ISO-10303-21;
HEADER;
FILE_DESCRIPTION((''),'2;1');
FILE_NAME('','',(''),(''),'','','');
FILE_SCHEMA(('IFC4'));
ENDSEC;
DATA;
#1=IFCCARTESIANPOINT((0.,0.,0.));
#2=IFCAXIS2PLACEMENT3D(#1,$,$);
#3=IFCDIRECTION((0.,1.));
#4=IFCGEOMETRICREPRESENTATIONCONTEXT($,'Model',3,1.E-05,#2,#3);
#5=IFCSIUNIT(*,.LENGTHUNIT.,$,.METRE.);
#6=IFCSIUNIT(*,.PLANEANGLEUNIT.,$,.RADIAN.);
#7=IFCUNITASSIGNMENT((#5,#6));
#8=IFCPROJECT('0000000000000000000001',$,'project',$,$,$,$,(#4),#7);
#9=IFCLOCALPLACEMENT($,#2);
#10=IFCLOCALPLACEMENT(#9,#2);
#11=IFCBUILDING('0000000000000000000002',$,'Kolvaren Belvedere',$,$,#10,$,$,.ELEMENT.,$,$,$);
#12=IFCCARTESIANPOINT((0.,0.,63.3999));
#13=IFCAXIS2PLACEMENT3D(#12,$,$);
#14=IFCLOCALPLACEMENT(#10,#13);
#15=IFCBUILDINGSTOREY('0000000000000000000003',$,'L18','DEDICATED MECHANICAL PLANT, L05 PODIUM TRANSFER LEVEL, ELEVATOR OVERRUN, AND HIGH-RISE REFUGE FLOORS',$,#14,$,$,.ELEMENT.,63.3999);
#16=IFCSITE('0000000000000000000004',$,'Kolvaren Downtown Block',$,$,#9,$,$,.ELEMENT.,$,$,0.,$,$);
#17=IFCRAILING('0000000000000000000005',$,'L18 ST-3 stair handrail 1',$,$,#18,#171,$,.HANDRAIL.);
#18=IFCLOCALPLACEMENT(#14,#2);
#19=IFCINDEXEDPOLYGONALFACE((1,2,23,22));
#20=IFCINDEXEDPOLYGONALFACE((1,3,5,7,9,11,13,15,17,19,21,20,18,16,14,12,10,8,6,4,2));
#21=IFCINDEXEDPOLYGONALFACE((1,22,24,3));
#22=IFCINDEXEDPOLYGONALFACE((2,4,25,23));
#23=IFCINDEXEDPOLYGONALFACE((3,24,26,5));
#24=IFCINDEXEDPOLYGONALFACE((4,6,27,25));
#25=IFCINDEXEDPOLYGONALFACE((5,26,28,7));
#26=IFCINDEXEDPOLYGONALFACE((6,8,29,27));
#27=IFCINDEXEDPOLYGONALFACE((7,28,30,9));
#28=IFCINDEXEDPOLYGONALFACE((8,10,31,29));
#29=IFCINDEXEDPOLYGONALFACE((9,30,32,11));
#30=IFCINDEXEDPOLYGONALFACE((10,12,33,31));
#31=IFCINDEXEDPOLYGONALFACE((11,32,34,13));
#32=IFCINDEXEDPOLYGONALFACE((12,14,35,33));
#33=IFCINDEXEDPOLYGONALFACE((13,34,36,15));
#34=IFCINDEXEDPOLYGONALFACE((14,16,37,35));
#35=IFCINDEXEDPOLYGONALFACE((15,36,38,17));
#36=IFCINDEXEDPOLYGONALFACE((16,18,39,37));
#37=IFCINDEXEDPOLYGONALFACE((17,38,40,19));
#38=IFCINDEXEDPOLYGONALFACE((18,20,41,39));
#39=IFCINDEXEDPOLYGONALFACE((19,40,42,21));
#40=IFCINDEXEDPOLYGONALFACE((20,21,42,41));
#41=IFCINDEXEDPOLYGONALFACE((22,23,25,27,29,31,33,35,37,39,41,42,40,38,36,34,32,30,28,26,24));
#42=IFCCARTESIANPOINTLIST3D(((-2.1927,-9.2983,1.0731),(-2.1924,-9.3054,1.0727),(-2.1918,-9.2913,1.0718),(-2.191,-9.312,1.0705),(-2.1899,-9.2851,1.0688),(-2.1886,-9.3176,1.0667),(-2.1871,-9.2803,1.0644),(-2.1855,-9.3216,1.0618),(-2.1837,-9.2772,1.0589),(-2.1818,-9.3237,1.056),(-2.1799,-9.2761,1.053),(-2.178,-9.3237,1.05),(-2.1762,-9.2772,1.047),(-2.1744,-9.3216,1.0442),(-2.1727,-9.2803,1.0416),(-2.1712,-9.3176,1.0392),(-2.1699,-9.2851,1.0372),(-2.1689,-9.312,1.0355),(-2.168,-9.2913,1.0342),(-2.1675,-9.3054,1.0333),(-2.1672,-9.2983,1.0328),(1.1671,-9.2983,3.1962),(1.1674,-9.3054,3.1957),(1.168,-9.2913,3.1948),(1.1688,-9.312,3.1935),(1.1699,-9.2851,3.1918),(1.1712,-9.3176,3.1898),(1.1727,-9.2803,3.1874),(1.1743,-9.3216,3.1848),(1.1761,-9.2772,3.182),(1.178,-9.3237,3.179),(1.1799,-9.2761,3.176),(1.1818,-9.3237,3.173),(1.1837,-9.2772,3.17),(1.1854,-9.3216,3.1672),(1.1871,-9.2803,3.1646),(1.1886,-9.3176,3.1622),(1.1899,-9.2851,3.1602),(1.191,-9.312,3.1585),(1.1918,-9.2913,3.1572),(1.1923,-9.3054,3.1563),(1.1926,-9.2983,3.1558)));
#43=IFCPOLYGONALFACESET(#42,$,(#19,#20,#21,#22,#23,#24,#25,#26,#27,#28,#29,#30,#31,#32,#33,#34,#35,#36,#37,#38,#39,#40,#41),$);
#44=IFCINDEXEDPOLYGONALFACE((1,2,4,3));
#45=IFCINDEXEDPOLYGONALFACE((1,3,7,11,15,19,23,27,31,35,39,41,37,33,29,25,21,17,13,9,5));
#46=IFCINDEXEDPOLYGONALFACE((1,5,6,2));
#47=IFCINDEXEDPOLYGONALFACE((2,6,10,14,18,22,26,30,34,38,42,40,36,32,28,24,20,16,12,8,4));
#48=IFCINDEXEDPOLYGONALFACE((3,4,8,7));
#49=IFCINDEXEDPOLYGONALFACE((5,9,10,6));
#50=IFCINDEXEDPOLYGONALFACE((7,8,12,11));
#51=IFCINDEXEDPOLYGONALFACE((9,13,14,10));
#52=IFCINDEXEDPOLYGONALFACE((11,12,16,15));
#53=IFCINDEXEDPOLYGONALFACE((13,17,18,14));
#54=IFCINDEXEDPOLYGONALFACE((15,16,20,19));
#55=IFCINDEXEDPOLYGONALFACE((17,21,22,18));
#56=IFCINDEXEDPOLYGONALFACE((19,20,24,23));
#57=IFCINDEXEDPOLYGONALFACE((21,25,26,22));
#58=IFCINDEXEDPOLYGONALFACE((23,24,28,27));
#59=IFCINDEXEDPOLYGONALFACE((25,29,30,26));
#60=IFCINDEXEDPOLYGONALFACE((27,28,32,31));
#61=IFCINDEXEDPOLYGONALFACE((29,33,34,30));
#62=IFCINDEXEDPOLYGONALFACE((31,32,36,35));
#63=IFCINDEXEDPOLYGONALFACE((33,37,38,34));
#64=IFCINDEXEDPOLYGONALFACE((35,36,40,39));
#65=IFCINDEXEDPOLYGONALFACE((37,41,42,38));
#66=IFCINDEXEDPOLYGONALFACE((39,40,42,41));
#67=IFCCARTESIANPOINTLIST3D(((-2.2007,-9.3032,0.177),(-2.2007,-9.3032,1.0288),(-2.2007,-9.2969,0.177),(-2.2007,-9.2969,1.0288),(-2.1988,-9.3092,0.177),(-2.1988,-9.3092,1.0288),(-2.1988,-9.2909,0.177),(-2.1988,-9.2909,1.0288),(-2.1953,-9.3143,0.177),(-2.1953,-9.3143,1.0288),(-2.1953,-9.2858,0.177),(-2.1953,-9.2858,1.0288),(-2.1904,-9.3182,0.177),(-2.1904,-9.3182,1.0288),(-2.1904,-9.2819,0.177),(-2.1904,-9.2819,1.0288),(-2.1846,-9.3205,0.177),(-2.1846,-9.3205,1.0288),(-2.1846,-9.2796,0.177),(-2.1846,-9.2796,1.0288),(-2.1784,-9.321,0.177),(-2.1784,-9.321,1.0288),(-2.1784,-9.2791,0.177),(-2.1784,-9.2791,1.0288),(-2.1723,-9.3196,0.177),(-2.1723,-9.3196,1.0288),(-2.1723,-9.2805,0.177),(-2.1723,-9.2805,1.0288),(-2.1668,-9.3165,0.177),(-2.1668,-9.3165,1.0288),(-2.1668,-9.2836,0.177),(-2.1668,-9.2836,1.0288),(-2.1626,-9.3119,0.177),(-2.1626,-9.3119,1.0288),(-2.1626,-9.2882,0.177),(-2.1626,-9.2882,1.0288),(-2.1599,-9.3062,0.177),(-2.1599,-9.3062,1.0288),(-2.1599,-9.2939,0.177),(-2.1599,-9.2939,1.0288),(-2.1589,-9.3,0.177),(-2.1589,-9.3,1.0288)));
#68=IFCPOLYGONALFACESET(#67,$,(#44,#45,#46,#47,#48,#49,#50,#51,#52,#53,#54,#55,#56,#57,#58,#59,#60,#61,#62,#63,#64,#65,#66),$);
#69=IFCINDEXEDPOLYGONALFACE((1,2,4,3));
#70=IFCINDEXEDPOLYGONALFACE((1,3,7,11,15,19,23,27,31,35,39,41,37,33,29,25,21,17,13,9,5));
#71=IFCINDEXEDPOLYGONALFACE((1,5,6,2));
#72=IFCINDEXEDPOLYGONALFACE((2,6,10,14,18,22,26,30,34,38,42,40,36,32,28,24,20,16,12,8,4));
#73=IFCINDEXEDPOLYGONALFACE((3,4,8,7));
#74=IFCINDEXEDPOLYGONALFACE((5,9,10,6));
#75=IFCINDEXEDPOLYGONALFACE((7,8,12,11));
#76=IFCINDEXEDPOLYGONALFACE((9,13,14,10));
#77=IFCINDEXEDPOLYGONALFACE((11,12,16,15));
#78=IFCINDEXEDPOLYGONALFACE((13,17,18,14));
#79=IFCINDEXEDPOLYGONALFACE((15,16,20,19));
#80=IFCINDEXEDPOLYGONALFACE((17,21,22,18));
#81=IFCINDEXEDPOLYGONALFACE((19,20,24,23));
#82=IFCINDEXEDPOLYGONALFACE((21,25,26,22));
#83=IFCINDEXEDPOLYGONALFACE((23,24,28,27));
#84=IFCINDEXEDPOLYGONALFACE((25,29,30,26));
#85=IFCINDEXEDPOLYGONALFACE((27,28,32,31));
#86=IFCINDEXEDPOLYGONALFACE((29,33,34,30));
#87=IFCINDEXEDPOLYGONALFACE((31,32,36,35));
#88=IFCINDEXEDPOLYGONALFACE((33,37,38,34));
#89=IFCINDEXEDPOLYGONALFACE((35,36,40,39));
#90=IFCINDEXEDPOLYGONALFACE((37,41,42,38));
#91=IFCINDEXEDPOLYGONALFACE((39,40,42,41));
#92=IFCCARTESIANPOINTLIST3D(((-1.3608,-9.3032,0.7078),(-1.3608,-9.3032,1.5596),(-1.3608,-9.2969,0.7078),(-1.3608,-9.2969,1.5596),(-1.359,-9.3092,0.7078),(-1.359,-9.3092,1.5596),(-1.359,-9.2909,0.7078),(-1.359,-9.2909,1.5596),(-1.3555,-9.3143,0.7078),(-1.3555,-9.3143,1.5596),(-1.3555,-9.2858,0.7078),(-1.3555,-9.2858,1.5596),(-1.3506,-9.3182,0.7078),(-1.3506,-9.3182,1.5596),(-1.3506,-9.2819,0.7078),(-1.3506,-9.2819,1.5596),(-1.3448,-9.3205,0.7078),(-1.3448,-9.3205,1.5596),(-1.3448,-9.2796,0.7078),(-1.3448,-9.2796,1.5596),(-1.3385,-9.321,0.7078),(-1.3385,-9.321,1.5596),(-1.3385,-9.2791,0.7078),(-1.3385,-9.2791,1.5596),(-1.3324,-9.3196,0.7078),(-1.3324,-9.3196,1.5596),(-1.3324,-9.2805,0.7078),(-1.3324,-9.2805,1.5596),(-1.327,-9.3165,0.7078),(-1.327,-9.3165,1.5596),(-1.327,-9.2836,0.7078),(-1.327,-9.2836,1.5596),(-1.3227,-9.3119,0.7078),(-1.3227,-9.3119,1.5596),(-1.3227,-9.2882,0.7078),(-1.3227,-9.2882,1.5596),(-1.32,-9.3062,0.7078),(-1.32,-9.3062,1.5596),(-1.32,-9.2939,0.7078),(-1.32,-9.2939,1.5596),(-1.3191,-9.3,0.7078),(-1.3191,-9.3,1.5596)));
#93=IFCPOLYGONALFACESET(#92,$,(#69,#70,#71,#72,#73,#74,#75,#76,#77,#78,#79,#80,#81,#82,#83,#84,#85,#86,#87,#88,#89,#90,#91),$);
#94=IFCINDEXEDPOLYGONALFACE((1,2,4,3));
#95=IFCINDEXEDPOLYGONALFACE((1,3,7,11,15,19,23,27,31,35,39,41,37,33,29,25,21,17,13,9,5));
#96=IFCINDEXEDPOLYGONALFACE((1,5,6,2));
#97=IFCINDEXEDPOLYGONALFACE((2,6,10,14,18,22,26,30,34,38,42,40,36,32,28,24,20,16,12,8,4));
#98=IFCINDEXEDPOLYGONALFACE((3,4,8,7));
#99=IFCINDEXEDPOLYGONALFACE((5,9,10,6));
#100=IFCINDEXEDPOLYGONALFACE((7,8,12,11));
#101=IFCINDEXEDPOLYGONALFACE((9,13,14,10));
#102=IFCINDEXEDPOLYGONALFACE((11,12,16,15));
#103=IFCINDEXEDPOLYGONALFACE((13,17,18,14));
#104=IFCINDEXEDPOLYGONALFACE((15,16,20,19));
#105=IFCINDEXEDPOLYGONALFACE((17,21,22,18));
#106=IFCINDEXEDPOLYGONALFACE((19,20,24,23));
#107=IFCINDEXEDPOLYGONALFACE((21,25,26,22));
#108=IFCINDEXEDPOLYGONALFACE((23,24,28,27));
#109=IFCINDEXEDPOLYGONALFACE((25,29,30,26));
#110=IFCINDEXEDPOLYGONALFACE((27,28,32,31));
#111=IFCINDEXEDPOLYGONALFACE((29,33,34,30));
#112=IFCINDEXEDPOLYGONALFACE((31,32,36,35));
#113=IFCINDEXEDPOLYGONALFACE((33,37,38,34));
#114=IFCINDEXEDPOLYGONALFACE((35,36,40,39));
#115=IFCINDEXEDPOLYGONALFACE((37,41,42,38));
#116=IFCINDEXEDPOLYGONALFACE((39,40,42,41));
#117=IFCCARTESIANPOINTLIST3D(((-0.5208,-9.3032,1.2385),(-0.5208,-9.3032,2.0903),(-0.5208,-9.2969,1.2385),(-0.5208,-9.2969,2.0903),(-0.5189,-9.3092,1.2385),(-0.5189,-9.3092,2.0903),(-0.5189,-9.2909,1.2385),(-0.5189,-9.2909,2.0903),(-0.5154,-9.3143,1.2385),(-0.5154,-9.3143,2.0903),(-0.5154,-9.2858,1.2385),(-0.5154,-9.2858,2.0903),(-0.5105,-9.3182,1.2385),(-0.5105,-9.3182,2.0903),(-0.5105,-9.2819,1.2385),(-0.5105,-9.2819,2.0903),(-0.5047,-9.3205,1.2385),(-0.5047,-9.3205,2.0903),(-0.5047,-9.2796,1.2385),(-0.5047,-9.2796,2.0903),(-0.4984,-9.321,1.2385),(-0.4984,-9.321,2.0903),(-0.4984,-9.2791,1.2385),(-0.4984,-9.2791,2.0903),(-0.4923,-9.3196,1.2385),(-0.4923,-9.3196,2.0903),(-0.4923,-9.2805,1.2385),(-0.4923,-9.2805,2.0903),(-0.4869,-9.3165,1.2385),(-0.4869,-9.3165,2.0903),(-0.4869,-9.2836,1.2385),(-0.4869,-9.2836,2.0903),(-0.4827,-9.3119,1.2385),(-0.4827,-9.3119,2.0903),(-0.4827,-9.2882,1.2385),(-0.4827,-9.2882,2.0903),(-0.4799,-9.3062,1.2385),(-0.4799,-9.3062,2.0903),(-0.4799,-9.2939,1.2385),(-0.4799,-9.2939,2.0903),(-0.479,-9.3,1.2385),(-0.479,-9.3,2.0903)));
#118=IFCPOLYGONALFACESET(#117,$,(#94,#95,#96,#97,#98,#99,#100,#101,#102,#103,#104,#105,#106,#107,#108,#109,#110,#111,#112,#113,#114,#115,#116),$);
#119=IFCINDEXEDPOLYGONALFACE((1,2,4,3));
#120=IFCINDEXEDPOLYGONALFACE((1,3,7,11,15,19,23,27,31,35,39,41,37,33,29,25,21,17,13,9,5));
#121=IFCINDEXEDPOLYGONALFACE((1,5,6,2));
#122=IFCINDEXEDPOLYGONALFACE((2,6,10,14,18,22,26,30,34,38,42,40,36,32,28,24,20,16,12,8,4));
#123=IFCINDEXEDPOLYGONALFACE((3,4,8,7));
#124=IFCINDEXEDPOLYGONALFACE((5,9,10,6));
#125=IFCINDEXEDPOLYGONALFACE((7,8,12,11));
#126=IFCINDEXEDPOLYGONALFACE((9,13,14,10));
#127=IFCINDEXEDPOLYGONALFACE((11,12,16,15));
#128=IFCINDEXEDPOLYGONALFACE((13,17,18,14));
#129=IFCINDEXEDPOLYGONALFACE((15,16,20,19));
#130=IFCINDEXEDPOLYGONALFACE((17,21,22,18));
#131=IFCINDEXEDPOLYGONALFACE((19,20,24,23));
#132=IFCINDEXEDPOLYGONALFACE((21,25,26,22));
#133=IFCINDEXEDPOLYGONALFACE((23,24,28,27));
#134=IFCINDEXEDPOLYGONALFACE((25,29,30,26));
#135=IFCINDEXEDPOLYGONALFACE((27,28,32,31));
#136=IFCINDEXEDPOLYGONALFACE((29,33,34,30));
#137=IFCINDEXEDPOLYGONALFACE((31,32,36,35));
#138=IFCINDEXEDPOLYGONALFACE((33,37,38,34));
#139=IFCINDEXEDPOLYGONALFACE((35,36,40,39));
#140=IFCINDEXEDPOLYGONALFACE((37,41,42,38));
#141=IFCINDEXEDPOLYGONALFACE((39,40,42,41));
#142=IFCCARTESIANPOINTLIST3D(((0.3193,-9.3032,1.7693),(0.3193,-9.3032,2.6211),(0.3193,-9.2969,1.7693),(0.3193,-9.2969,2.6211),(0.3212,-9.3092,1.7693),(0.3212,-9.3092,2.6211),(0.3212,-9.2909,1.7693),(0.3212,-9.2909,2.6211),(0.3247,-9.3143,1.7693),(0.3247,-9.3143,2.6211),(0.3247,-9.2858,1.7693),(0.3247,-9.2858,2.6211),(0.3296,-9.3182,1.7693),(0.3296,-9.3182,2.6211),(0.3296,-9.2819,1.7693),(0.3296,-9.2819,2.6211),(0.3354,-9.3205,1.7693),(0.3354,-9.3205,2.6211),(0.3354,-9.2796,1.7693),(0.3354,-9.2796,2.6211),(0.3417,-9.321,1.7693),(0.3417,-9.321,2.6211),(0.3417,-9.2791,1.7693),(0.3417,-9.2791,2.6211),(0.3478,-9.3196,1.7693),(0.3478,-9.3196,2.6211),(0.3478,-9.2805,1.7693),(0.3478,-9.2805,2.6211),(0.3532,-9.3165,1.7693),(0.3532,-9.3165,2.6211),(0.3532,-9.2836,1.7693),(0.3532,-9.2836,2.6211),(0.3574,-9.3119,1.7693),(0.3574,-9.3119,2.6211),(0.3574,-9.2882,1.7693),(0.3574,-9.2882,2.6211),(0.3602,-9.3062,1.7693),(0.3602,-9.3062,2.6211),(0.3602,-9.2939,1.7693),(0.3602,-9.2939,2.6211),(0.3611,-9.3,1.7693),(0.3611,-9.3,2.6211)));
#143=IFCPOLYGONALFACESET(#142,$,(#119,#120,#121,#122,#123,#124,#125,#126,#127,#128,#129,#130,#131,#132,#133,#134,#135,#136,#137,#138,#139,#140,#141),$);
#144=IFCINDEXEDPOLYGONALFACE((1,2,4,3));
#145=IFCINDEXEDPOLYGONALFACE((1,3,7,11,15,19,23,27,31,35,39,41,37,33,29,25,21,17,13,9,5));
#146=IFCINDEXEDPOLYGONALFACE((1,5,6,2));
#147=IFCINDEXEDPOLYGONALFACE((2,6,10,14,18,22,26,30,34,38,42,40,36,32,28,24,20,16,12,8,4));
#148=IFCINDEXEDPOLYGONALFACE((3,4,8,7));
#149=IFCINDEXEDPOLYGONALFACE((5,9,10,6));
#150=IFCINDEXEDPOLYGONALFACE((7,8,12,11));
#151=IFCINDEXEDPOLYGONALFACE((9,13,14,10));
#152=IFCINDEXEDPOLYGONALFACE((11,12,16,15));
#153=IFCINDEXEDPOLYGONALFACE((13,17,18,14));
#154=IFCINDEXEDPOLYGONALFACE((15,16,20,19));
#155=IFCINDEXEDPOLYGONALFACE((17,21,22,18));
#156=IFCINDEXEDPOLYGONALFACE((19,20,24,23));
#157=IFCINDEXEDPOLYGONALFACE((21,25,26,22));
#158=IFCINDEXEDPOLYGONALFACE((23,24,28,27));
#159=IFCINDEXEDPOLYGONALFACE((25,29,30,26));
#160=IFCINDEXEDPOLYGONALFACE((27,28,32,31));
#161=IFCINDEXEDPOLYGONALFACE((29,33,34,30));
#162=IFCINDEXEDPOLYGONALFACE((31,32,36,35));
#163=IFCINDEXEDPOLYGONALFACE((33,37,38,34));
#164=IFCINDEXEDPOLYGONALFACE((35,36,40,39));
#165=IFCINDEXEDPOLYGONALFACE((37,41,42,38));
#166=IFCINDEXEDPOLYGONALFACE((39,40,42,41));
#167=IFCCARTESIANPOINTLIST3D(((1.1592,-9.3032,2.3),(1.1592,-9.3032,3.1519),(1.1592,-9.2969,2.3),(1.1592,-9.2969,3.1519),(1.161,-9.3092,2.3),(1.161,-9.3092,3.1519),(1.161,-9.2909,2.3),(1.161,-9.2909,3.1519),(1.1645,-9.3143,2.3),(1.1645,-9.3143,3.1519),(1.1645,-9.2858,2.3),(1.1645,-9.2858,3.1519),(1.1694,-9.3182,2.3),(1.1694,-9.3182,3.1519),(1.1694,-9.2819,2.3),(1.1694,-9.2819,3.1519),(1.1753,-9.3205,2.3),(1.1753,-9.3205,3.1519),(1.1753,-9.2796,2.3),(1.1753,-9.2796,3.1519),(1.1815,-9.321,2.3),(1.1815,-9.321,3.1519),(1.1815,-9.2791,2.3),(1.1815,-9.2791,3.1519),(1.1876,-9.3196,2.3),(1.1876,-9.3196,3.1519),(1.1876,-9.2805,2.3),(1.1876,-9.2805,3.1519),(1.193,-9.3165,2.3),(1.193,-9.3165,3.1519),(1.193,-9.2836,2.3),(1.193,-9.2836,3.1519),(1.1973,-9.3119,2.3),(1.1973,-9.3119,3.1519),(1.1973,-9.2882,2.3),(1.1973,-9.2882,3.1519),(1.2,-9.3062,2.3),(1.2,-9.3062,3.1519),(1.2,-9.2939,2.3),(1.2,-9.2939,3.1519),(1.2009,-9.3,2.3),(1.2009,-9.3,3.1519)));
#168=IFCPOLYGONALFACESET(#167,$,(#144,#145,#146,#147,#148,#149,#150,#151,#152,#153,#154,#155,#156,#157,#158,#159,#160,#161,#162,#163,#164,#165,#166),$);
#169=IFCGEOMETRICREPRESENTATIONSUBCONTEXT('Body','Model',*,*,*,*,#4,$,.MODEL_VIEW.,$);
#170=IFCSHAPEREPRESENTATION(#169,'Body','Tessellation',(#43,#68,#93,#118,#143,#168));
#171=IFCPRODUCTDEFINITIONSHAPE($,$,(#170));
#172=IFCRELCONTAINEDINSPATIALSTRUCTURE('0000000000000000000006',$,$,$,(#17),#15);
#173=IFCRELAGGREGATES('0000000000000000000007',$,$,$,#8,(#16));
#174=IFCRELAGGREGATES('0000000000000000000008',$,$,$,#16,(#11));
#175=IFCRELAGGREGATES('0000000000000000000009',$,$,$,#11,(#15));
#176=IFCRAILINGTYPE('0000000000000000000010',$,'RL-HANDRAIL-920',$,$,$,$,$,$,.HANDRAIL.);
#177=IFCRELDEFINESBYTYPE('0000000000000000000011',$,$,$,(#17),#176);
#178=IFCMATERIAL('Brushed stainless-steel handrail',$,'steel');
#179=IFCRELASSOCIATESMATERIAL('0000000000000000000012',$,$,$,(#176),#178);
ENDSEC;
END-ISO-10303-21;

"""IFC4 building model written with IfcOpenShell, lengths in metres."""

from ifc_helpers import new_model, si_unit, direction, frame, origin, origin_2d, place, context, subcontext, project, spatial, circle, extrude, material, type_object, element, save


model = new_model("IFC4")

# Units and contexts
model_context = context("Model", 3, precision=1e-05, world=origin(), true_north=direction((0.0, 1.0)))
body_context = subcontext(model_context, "Body", "Model", "MODEL_VIEW")
ifc_project = project(units=[si_unit("LENGTHUNIT", "METRE"), si_unit("PLANEANGLEUNIT", "RADIAN")], contexts=[model_context])

# Site, building, storey
site_placement = place(None, origin())
site = spatial("IfcSite", under=ifc_project, at=site_placement, Name="Kolvaren Downtown Block", CompositionType="ELEMENT", RefElevation=0.0)
building_placement = place(site_placement, origin())
building = spatial("IfcBuilding", under=site, at=building_placement, Name="Kolvaren Belvedere", CompositionType="ELEMENT")
storey_placement = place(building_placement, frame((0.0, 0.0, 63.3999)))
storey = spatial("IfcBuildingStorey", under=building, at=storey_placement, Name="L18", Description="DEDICATED MECHANICAL PLANT, L05 PODIUM TRANSFER LEVEL, ELEVATOR OVERRUN, AND HIGH-RISE REFUGE FLOORS", CompositionType="ELEMENT", Elevation=63.3999)

# Railing
ifc_material_1 = material(Name="Brushed stainless-steel handrail", Category="steel")
railing_type_1 = type_object("IfcRailingType", Name="RL-HANDRAIL-920", PredefinedType="HANDRAIL", material=ifc_material_1)
railing_1_placement = place(storey_placement, frame((-2.1799, -9.3, 0.177)))
element("IfcRailing", 1, at=railing_1_placement, inside=storey, type_object=railing_type_1, Name="L18 ST-3 stair handrail 1", PredefinedType="HANDRAIL", context=body_context, shape_type="SweptSolid", body=[
    extrude(circle(Radius=0.0239, at=origin_2d()), frame((0.0, 0.0, 0.876), z_axis=(0.845372, 0.0, 0.534178), x_axis=(0.0, 1.0, 0.0)), (0.0, 0.0, 1.0), 3.9744),
    extrude(circle(Radius=0.021, at=origin_2d()), origin(), (0.0, 0.0, 1.0), 0.8518),
    extrude(circle(Radius=0.021, at=origin_2d()), frame((0.8398, 0.0, 0.5308)), (0.0, 0.0, 1.0), 0.8518),
    extrude(circle(Radius=0.021, at=origin_2d()), frame((1.6799, 0.0, 1.0615)), (0.0, 0.0, 1.0), 0.8518),
    extrude(circle(Radius=0.021, at=origin_2d()), frame((2.52, 0.0, 1.5923)), (0.0, 0.0, 1.0), 0.8518),
    extrude(circle(Radius=0.021, at=origin_2d()), frame((3.3599, 0.0, 2.123)), (0.0, 0.0, 1.0), 0.8518),
])

save(model, "model.ifc")
